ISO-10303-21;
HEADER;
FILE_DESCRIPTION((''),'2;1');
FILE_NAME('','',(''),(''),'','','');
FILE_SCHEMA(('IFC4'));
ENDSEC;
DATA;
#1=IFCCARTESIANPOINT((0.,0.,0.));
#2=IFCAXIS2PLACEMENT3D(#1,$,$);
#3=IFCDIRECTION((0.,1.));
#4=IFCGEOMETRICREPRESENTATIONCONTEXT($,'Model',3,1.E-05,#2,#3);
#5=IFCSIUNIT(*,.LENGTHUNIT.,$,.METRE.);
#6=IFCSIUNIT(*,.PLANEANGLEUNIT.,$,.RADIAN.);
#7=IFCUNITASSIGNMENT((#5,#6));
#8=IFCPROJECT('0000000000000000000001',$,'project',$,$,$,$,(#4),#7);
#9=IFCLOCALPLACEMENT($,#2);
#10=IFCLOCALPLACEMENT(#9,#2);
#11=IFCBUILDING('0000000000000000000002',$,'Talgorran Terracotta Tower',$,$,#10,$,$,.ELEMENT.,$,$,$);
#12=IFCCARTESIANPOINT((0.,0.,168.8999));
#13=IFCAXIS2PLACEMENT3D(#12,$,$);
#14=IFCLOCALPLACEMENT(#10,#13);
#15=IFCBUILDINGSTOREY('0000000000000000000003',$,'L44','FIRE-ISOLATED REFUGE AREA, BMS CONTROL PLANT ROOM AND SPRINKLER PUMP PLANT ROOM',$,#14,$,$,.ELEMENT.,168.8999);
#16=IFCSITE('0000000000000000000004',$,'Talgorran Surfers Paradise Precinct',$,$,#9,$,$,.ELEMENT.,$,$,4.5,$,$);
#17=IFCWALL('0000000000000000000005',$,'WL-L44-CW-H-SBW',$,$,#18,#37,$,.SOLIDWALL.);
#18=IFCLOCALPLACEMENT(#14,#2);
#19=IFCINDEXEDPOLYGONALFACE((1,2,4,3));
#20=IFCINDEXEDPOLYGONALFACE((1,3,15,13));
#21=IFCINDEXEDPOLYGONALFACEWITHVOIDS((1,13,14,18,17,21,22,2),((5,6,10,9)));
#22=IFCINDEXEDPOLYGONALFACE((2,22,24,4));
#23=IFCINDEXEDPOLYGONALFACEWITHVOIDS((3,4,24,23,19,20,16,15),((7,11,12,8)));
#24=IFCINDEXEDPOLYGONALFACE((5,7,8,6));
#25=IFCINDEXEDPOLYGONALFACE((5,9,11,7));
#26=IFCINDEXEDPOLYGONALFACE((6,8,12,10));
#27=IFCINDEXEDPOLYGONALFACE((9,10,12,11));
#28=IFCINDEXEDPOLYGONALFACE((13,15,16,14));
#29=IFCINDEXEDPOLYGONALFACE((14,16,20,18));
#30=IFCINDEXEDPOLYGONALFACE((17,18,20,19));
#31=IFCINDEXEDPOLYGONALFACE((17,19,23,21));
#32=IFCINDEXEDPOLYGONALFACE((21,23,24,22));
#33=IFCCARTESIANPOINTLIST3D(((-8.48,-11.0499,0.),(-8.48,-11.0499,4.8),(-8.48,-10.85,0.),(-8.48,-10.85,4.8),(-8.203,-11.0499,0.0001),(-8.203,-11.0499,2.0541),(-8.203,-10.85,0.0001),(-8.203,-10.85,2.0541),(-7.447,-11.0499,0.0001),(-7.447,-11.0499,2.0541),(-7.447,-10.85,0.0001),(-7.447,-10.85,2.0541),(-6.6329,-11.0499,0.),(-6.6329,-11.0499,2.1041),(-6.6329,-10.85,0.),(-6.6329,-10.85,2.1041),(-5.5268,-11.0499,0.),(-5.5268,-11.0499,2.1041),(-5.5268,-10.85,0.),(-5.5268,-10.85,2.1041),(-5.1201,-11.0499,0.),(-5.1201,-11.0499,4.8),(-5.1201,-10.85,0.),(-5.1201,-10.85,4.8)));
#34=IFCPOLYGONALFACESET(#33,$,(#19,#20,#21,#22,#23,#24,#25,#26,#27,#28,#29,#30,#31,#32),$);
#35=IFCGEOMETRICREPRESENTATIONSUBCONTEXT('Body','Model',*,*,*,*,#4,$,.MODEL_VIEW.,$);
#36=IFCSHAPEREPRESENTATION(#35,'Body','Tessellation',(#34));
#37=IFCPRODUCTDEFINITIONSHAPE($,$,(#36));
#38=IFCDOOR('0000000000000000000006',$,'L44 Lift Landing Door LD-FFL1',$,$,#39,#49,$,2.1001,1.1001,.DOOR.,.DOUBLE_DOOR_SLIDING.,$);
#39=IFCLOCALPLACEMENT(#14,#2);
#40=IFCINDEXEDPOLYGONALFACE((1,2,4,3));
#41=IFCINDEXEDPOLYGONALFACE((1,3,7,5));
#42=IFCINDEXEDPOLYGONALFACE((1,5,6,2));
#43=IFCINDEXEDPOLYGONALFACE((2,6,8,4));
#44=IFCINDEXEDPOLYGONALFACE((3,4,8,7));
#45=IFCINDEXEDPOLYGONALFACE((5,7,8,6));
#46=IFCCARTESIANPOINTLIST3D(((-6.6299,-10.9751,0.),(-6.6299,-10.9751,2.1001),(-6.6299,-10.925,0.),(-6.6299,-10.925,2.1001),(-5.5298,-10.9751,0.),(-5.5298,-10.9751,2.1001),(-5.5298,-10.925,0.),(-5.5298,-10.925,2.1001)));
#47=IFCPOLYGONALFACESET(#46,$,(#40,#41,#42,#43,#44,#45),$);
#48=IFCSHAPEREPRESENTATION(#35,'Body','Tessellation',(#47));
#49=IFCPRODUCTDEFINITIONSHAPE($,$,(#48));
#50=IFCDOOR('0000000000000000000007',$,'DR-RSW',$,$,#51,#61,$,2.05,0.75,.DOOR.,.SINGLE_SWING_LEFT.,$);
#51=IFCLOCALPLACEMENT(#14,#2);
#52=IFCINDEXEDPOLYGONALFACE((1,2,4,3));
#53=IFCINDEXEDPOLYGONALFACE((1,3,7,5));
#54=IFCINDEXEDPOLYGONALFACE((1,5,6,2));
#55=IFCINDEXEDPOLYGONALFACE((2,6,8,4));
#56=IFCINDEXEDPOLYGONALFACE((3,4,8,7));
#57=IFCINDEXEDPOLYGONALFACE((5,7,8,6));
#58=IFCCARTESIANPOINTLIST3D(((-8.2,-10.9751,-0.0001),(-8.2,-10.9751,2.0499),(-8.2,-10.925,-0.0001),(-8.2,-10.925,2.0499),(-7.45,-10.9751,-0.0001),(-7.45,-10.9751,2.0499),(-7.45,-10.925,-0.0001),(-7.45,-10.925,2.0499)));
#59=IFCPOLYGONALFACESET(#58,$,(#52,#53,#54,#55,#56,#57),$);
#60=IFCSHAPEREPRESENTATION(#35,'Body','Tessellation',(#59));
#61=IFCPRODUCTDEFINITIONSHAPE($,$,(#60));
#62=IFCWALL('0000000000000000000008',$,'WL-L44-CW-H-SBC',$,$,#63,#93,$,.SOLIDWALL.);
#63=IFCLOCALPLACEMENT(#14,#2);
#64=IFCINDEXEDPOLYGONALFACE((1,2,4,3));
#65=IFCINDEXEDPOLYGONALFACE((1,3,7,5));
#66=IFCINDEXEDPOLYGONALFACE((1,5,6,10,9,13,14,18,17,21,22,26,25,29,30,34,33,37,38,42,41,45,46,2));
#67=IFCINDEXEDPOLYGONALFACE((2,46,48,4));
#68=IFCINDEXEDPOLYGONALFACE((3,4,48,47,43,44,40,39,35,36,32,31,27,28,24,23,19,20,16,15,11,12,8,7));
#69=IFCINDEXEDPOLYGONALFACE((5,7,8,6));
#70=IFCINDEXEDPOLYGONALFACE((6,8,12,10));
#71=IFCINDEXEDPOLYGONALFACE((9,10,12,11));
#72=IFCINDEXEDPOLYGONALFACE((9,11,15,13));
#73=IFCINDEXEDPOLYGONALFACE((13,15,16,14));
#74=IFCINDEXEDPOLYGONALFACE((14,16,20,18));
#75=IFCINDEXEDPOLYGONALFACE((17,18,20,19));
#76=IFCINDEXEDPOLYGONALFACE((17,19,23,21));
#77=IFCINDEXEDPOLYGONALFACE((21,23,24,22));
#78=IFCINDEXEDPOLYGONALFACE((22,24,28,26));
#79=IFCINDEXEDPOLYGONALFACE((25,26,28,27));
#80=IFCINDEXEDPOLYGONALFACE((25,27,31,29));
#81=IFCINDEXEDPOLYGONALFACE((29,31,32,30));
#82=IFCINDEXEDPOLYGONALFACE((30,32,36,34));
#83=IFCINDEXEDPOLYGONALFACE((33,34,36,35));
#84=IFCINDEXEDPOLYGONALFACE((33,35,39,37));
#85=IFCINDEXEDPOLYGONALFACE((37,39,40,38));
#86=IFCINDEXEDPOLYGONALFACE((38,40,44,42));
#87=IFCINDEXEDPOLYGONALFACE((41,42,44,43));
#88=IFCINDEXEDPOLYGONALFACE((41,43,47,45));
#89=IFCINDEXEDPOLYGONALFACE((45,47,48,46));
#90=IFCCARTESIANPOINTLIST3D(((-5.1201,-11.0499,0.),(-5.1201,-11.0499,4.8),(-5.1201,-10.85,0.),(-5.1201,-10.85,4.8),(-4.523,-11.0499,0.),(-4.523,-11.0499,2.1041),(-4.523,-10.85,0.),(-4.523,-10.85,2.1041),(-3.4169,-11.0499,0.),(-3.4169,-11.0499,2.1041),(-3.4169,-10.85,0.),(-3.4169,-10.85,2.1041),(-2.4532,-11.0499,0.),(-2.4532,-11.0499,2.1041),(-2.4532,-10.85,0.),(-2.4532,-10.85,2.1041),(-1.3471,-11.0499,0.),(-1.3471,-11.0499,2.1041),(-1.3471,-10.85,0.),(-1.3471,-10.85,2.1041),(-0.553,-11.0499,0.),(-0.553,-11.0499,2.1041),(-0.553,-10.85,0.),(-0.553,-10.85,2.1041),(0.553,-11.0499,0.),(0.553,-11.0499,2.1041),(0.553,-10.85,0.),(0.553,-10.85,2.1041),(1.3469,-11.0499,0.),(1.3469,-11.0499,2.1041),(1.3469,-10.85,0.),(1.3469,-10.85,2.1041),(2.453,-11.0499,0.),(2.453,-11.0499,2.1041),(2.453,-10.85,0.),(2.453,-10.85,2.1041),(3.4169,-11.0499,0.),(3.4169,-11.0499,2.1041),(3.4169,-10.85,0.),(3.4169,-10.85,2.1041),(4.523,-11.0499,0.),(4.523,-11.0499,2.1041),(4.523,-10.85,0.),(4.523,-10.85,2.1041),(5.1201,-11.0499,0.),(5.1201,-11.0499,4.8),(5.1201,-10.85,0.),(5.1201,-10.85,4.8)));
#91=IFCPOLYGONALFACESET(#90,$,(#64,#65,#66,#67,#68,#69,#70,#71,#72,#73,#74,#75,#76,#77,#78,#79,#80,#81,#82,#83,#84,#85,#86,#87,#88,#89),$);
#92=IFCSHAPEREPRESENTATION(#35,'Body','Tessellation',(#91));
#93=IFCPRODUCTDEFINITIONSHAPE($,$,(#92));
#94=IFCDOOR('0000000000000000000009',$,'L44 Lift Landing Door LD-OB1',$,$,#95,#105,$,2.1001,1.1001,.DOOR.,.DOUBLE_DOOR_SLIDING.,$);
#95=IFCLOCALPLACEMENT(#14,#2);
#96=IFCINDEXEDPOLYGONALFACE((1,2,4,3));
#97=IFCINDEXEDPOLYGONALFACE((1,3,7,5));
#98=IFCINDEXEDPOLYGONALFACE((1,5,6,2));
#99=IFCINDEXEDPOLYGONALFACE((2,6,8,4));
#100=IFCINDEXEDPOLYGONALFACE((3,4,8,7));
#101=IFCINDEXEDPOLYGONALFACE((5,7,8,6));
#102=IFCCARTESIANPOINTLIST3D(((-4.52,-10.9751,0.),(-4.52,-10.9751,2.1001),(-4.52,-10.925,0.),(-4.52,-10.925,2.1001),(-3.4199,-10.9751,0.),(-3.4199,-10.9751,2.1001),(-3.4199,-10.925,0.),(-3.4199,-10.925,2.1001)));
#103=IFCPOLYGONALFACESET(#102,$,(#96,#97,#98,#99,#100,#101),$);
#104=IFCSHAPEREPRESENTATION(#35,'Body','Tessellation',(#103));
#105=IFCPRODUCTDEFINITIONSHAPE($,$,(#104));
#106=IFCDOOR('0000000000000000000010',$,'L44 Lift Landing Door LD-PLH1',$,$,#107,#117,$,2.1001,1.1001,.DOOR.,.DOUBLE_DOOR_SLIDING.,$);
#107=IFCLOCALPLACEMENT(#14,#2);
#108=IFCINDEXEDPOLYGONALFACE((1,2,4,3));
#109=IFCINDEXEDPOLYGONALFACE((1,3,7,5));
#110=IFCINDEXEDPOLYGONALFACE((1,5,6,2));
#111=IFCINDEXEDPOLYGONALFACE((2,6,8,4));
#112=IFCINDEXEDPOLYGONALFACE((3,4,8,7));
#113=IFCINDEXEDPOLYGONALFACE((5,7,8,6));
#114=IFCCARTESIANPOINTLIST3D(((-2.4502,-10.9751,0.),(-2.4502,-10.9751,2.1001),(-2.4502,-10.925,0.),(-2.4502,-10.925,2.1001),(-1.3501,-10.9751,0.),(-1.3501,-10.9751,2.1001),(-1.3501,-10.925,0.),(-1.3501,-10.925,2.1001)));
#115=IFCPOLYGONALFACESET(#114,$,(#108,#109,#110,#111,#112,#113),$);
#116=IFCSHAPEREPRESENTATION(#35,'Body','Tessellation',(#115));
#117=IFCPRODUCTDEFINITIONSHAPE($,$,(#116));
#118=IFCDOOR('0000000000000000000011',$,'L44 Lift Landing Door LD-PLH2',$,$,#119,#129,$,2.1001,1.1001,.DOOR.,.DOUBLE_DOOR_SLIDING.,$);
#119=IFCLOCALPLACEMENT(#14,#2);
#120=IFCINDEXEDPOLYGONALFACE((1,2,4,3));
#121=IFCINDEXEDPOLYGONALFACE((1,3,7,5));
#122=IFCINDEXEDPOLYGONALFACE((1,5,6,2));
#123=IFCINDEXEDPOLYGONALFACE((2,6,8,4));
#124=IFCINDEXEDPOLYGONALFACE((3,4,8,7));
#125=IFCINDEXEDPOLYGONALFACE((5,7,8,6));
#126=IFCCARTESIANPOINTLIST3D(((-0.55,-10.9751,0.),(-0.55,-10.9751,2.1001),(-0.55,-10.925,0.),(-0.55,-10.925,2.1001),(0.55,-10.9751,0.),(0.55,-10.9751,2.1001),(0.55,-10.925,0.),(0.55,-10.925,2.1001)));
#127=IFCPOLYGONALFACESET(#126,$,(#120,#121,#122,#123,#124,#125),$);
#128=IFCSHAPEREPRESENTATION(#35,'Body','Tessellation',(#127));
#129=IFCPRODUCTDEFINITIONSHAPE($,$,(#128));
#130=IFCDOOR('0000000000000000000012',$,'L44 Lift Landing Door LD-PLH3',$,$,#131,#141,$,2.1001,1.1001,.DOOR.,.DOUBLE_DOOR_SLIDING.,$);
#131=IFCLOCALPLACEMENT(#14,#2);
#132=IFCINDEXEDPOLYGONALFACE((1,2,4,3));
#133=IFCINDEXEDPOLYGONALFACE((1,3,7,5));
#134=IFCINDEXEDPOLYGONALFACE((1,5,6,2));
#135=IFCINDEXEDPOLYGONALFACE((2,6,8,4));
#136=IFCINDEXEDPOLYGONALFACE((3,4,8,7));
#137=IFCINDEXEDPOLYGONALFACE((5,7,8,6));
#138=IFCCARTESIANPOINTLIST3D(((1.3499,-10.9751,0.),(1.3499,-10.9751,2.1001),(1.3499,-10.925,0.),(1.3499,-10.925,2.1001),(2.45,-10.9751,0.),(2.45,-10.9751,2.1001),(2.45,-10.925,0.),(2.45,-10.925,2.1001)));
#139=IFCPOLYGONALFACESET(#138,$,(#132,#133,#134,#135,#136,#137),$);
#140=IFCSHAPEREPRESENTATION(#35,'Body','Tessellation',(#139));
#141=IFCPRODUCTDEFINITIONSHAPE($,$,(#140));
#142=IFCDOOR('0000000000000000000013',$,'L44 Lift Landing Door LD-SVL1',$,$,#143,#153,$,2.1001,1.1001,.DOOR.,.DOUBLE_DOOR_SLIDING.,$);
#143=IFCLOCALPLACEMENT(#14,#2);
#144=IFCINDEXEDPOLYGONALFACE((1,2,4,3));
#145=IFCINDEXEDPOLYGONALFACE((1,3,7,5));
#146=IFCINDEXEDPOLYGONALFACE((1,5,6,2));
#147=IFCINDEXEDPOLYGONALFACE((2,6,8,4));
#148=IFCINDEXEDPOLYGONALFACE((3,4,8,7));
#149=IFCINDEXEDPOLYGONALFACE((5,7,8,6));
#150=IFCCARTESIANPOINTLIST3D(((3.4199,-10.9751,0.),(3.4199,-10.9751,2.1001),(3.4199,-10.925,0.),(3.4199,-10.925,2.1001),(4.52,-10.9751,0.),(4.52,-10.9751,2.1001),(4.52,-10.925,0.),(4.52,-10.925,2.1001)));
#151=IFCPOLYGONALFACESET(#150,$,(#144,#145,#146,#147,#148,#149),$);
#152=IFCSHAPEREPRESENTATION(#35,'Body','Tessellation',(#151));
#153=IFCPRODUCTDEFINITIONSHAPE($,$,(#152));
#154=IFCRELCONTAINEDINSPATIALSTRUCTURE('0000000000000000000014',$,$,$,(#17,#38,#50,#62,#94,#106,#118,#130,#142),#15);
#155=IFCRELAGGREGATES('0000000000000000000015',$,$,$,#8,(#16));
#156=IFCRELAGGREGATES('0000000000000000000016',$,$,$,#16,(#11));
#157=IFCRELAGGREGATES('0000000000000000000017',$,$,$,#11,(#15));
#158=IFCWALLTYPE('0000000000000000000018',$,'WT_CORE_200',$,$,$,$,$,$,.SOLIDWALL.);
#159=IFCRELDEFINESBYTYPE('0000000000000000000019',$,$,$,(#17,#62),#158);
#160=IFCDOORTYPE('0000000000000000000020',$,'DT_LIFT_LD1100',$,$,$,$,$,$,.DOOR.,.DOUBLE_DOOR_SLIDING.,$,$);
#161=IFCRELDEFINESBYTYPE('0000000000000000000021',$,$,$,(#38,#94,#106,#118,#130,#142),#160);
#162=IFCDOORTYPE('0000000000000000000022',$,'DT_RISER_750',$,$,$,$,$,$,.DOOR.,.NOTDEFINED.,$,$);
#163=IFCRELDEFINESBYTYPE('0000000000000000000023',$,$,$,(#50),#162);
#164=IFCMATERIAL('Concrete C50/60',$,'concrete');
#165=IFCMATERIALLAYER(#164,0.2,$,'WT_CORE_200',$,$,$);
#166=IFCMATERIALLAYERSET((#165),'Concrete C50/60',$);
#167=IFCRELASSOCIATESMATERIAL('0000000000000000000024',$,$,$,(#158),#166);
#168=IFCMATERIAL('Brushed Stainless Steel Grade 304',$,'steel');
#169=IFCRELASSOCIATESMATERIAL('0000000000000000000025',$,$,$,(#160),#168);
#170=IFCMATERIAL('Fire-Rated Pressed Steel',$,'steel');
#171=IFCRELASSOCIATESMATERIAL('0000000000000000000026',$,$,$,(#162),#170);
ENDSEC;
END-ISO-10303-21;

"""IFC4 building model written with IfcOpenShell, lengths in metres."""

from ifc_helpers import new_model, si_unit, direction, frame, frame_2d, origin, place, context, subcontext, project, spatial, rectangle, extrude, material, layer, layer_set, type_object, element, fill, save


model = new_model("IFC4")

# Units and contexts
model_context = context("Model", 3, precision=1e-05, world=origin(), true_north=direction((0.0, 1.0)))
body_context = subcontext(model_context, "Body", "Model", "MODEL_VIEW")
ifc_project = project(units=[si_unit("LENGTHUNIT", "METRE"), si_unit("PLANEANGLEUNIT", "RADIAN")], contexts=[model_context])

# Site, building, storey
site_placement = place(None, origin())
site = spatial("IfcSite", under=ifc_project, at=site_placement, Name="Talgorran Surfers Paradise Precinct", CompositionType="ELEMENT", RefElevation=4.5)
building_placement = place(site_placement, origin())
building = spatial("IfcBuilding", under=site, at=building_placement, Name="Talgorran Terracotta Tower", CompositionType="ELEMENT")
storey_placement = place(building_placement, frame((0.0, 0.0, 168.8999)))
storey = spatial("IfcBuildingStorey", under=building, at=storey_placement, Name="L44", Description="FIRE-ISOLATED REFUGE AREA, BMS CONTROL PLANT ROOM AND SPRINKLER PUMP PLANT ROOM", CompositionType="ELEMENT", Elevation=168.8999)

# Shared definitions
ifc_material_1 = material(Name="Concrete C50/60", Category="concrete")

# Walls, openings, doors
ifc_layer_1 = layer(ifc_material_1, 0.2, Name="WT_CORE_200")
ifc_layer_set_1 = layer_set([ifc_layer_1], Name="Concrete C50/60")
wall_type_1 = type_object("IfcWallType", Name="WT_CORE_200", PredefinedType="SOLIDWALL", material=ifc_layer_set_1)
wall_1_placement = place(storey_placement, frame((-8.48, -10.95, 0.0), z_axis=(0.0, 0.0, 1.0), x_axis=(1.0, 0.0, 0.0)))
wall_1 = element("IfcWall", 1, at=wall_1_placement, inside=storey, type_object=wall_type_1, Name="WL-L44-CW-H-SBW", PredefinedType="SOLIDWALL", context=body_context, shape_type="SweptSolid", body=[
    extrude(rectangle(XDim=3.3599, YDim=0.2, at=frame_2d((1.6799, 0.0))), origin(), (0.0, 0.0, 1.0), 4.8),
])
opening_1_placement = place(wall_1_placement, frame((0.28, 0.0, 0.0)))
opening_1 = element("IfcOpeningElement", 2, at=opening_1_placement, cuts=wall_1, PredefinedType="OPENING", context=body_context, shape_type="SweptSolid", body=[
    extrude(rectangle(XDim=0.756, YDim=2.054, at=frame_2d((0.375, 1.0271))), frame((0.0, 0.1099, 0.0), z_axis=(0.0, -1.0, 0.0), x_axis=(1.0, 0.0, 0.0)), (0.0, 0.0, 1.0), 0.22),
])
opening_2_placement = place(wall_1_placement, frame((1.8501, 0.0, 0.0)))
opening_2 = element("IfcOpeningElement", 3, at=opening_2_placement, cuts=wall_1, PredefinedType="OPENING", context=body_context, shape_type="SweptSolid", body=[
    extrude(rectangle(XDim=1.1061, YDim=2.1041, at=frame_2d((0.55, 1.052))), frame((0.0, 0.1099, 0.0), z_axis=(0.0, -1.0, 0.0), x_axis=(1.0, 0.0, 0.0)), (0.0, 0.0, 1.0), 0.22),
])
ifc_material_2 = material(Name="Brushed Stainless Steel Grade 304", Category="steel")
door_type_1 = type_object("IfcDoorType", Name="DT_LIFT_LD1100", OperationType="DOUBLE_DOOR_SLIDING", PredefinedType="DOOR", material=ifc_material_2)
door_1_placement = place(opening_2_placement, origin())
door_1 = element("IfcDoor", 4, at=door_1_placement, inside=storey, type_object=door_type_1, Name="L44 Lift Landing Door LD-FFL1", OperationType="DOUBLE_DOOR_SLIDING", OverallHeight=2.1001, OverallWidth=1.1001, PredefinedType="DOOR", context=body_context, shape_type="SweptSolid", body=[
    extrude(rectangle(XDim=1.1001, YDim=2.1001, at=frame_2d((0.55, 1.05))), frame((0.0, 0.0249, 0.0), z_axis=(0.0, -1.0, 0.0), x_axis=(1.0, 0.0, 0.0)), (0.0, 0.0, 1.0), 0.05),
])
fill(opening_2, door_1)
ifc_material_3 = material(Name="Fire-Rated Pressed Steel", Category="steel")
door_type_2 = type_object("IfcDoorType", Name="DT_RISER_750", OperationType="NOTDEFINED", PredefinedType="DOOR", material=ifc_material_3)
door_2_placement = place(opening_1_placement, origin())
door_2 = element("IfcDoor", 5, at=door_2_placement, inside=storey, type_object=door_type_2, Name="DR-RSW", OperationType="SINGLE_SWING_LEFT", OverallHeight=2.05, OverallWidth=0.75, PredefinedType="DOOR", context=body_context, shape_type="SweptSolid", body=[
    extrude(rectangle(XDim=0.75, YDim=2.05, at=frame_2d((0.375, 1.0249))), frame((0.0, 0.0249, 0.0), z_axis=(0.0, -1.0, 0.0), x_axis=(1.0, 0.0, 0.0)), (0.0, 0.0, 1.0), 0.05),
])
fill(opening_1, door_2)
wall_2_placement = place(storey_placement, frame((-5.1201, -10.95, 0.0), z_axis=(0.0, 0.0, 1.0), x_axis=(1.0, 0.0, 0.0)))
wall_2 = element("IfcWall", 6, at=wall_2_placement, inside=storey, type_object=wall_type_1, Name="WL-L44-CW-H-SBC", PredefinedType="SOLIDWALL", context=body_context, shape_type="SweptSolid", body=[
    extrude(rectangle(XDim=10.2402, YDim=0.2, at=frame_2d((5.1201, 0.0))), origin(), (0.0, 0.0, 1.0), 4.8),
])
opening_3_placement = place(wall_2_placement, frame((0.6001, 0.0, 0.0)))
opening_3 = element("IfcOpeningElement", 7, at=opening_3_placement, cuts=wall_2, PredefinedType="OPENING", context=body_context, shape_type="SweptSolid", body=[
    extrude(rectangle(XDim=1.1061, YDim=2.1041, at=frame_2d((0.55, 1.052))), frame((0.0, 0.1099, 0.0), z_axis=(0.0, -1.0, 0.0), x_axis=(1.0, 0.0, 0.0)), (0.0, 0.0, 1.0), 0.22),
])
opening_4_placement = place(wall_2_placement, frame((2.6699, 0.0, 0.0)))
opening_4 = element("IfcOpeningElement", 8, at=opening_4_placement, cuts=wall_2, PredefinedType="OPENING", context=body_context, shape_type="SweptSolid", body=[
    extrude(rectangle(XDim=1.1061, YDim=2.1041, at=frame_2d((0.55, 1.052))), frame((0.0, 0.1099, 0.0), z_axis=(0.0, -1.0, 0.0), x_axis=(1.0, 0.0, 0.0)), (0.0, 0.0, 1.0), 0.22),
])
opening_5_placement = place(wall_2_placement, frame((4.5701, 0.0, 0.0)))
opening_5 = element("IfcOpeningElement", 9, at=opening_5_placement, cuts=wall_2, PredefinedType="OPENING", context=body_context, shape_type="SweptSolid", body=[
    extrude(rectangle(XDim=1.1061, YDim=2.1041, at=frame_2d((0.55, 1.052))), frame((0.0, 0.1099, 0.0), z_axis=(0.0, -1.0, 0.0), x_axis=(1.0, 0.0, 0.0)), (0.0, 0.0, 1.0), 0.22),
])
opening_6_placement = place(wall_2_placement, frame((6.47, 0.0, 0.0)))
opening_6 = element("IfcOpeningElement", 10, at=opening_6_placement, cuts=wall_2, PredefinedType="OPENING", context=body_context, shape_type="SweptSolid", body=[
    extrude(rectangle(XDim=1.1061, YDim=2.1041, at=frame_2d((0.55, 1.052))), frame((0.0, 0.1099, 0.0), z_axis=(0.0, -1.0, 0.0), x_axis=(1.0, 0.0, 0.0)), (0.0, 0.0, 1.0), 0.22),
])
opening_7_placement = place(wall_2_placement, frame((8.54, 0.0, 0.0)))
opening_7 = element("IfcOpeningElement", 11, at=opening_7_placement, cuts=wall_2, PredefinedType="OPENING", context=body_context, shape_type="SweptSolid", body=[
    extrude(rectangle(XDim=1.1061, YDim=2.1041, at=frame_2d((0.55, 1.052))), frame((0.0, 0.1099, 0.0), z_axis=(0.0, -1.0, 0.0), x_axis=(1.0, 0.0, 0.0)), (0.0, 0.0, 1.0), 0.22),
])
door_3_placement = place(opening_3_placement, origin())
door_3 = element("IfcDoor", 12, at=door_3_placement, inside=storey, type_object=door_type_1, Name="L44 Lift Landing Door LD-OB1", OperationType="DOUBLE_DOOR_SLIDING", OverallHeight=2.1001, OverallWidth=1.1001, PredefinedType="DOOR", context=body_context, shape_type="SweptSolid", body=[
    extrude(rectangle(XDim=1.1001, YDim=2.1001, at=frame_2d((0.55, 1.05))), frame((0.0, 0.0249, 0.0), z_axis=(0.0, -1.0, 0.0), x_axis=(1.0, 0.0, 0.0)), (0.0, 0.0, 1.0), 0.05),
])
fill(opening_3, door_3)
door_4_placement = place(opening_4_placement, origin())
door_4 = element("IfcDoor", 13, at=door_4_placement, inside=storey, type_object=door_type_1, Name="L44 Lift Landing Door LD-PLH1", OperationType="DOUBLE_DOOR_SLIDING", OverallHeight=2.1001, OverallWidth=1.1001, PredefinedType="DOOR", context=body_context, shape_type="SweptSolid", body=[
    extrude(rectangle(XDim=1.1001, YDim=2.1001, at=frame_2d((0.55, 1.05))), frame((0.0, 0.0249, 0.0), z_axis=(0.0, -1.0, 0.0), x_axis=(1.0, 0.0, 0.0)), (0.0, 0.0, 1.0), 0.05),
])
fill(opening_4, door_4)
door_5_placement = place(opening_5_placement, origin())
door_5 = element("IfcDoor", 14, at=door_5_placement, inside=storey, type_object=door_type_1, Name="L44 Lift Landing Door LD-PLH2", OperationType="DOUBLE_DOOR_SLIDING", OverallHeight=2.1001, OverallWidth=1.1001, PredefinedType="DOOR", context=body_context, shape_type="SweptSolid", body=[
    extrude(rectangle(XDim=1.1001, YDim=2.1001, at=frame_2d((0.55, 1.05))), frame((0.0, 0.0249, 0.0), z_axis=(0.0, -1.0, 0.0), x_axis=(1.0, 0.0, 0.0)), (0.0, 0.0, 1.0), 0.05),
])
fill(opening_5, door_5)
door_6_placement = place(opening_6_placement, origin())
door_6 = element("IfcDoor", 15, at=door_6_placement, inside=storey, type_object=door_type_1, Name="L44 Lift Landing Door LD-PLH3", OperationType="DOUBLE_DOOR_SLIDING", OverallHeight=2.1001, OverallWidth=1.1001, PredefinedType="DOOR", context=body_context, shape_type="SweptSolid", body=[
    extrude(rectangle(XDim=1.1001, YDim=2.1001, at=frame_2d((0.55, 1.05))), frame((0.0, 0.0249, 0.0), z_axis=(0.0, -1.0, 0.0), x_axis=(1.0, 0.0, 0.0)), (0.0, 0.0, 1.0), 0.05),
])
fill(opening_6, door_6)
door_7_placement = place(opening_7_placement, origin())
door_7 = element("IfcDoor", 16, at=door_7_placement, inside=storey, type_object=door_type_1, Name="L44 Lift Landing Door LD-SVL1", OperationType="DOUBLE_DOOR_SLIDING", OverallHeight=2.1001, OverallWidth=1.1001, PredefinedType="DOOR", context=body_context, shape_type="SweptSolid", body=[
    extrude(rectangle(XDim=1.1001, YDim=2.1001, at=frame_2d((0.55, 1.05))), frame((0.0, 0.0249, 0.0), z_axis=(0.0, -1.0, 0.0), x_axis=(1.0, 0.0, 0.0)), (0.0, 0.0, 1.0), 0.05),
])
fill(opening_7, door_7)

save(model, "model.ifc")
